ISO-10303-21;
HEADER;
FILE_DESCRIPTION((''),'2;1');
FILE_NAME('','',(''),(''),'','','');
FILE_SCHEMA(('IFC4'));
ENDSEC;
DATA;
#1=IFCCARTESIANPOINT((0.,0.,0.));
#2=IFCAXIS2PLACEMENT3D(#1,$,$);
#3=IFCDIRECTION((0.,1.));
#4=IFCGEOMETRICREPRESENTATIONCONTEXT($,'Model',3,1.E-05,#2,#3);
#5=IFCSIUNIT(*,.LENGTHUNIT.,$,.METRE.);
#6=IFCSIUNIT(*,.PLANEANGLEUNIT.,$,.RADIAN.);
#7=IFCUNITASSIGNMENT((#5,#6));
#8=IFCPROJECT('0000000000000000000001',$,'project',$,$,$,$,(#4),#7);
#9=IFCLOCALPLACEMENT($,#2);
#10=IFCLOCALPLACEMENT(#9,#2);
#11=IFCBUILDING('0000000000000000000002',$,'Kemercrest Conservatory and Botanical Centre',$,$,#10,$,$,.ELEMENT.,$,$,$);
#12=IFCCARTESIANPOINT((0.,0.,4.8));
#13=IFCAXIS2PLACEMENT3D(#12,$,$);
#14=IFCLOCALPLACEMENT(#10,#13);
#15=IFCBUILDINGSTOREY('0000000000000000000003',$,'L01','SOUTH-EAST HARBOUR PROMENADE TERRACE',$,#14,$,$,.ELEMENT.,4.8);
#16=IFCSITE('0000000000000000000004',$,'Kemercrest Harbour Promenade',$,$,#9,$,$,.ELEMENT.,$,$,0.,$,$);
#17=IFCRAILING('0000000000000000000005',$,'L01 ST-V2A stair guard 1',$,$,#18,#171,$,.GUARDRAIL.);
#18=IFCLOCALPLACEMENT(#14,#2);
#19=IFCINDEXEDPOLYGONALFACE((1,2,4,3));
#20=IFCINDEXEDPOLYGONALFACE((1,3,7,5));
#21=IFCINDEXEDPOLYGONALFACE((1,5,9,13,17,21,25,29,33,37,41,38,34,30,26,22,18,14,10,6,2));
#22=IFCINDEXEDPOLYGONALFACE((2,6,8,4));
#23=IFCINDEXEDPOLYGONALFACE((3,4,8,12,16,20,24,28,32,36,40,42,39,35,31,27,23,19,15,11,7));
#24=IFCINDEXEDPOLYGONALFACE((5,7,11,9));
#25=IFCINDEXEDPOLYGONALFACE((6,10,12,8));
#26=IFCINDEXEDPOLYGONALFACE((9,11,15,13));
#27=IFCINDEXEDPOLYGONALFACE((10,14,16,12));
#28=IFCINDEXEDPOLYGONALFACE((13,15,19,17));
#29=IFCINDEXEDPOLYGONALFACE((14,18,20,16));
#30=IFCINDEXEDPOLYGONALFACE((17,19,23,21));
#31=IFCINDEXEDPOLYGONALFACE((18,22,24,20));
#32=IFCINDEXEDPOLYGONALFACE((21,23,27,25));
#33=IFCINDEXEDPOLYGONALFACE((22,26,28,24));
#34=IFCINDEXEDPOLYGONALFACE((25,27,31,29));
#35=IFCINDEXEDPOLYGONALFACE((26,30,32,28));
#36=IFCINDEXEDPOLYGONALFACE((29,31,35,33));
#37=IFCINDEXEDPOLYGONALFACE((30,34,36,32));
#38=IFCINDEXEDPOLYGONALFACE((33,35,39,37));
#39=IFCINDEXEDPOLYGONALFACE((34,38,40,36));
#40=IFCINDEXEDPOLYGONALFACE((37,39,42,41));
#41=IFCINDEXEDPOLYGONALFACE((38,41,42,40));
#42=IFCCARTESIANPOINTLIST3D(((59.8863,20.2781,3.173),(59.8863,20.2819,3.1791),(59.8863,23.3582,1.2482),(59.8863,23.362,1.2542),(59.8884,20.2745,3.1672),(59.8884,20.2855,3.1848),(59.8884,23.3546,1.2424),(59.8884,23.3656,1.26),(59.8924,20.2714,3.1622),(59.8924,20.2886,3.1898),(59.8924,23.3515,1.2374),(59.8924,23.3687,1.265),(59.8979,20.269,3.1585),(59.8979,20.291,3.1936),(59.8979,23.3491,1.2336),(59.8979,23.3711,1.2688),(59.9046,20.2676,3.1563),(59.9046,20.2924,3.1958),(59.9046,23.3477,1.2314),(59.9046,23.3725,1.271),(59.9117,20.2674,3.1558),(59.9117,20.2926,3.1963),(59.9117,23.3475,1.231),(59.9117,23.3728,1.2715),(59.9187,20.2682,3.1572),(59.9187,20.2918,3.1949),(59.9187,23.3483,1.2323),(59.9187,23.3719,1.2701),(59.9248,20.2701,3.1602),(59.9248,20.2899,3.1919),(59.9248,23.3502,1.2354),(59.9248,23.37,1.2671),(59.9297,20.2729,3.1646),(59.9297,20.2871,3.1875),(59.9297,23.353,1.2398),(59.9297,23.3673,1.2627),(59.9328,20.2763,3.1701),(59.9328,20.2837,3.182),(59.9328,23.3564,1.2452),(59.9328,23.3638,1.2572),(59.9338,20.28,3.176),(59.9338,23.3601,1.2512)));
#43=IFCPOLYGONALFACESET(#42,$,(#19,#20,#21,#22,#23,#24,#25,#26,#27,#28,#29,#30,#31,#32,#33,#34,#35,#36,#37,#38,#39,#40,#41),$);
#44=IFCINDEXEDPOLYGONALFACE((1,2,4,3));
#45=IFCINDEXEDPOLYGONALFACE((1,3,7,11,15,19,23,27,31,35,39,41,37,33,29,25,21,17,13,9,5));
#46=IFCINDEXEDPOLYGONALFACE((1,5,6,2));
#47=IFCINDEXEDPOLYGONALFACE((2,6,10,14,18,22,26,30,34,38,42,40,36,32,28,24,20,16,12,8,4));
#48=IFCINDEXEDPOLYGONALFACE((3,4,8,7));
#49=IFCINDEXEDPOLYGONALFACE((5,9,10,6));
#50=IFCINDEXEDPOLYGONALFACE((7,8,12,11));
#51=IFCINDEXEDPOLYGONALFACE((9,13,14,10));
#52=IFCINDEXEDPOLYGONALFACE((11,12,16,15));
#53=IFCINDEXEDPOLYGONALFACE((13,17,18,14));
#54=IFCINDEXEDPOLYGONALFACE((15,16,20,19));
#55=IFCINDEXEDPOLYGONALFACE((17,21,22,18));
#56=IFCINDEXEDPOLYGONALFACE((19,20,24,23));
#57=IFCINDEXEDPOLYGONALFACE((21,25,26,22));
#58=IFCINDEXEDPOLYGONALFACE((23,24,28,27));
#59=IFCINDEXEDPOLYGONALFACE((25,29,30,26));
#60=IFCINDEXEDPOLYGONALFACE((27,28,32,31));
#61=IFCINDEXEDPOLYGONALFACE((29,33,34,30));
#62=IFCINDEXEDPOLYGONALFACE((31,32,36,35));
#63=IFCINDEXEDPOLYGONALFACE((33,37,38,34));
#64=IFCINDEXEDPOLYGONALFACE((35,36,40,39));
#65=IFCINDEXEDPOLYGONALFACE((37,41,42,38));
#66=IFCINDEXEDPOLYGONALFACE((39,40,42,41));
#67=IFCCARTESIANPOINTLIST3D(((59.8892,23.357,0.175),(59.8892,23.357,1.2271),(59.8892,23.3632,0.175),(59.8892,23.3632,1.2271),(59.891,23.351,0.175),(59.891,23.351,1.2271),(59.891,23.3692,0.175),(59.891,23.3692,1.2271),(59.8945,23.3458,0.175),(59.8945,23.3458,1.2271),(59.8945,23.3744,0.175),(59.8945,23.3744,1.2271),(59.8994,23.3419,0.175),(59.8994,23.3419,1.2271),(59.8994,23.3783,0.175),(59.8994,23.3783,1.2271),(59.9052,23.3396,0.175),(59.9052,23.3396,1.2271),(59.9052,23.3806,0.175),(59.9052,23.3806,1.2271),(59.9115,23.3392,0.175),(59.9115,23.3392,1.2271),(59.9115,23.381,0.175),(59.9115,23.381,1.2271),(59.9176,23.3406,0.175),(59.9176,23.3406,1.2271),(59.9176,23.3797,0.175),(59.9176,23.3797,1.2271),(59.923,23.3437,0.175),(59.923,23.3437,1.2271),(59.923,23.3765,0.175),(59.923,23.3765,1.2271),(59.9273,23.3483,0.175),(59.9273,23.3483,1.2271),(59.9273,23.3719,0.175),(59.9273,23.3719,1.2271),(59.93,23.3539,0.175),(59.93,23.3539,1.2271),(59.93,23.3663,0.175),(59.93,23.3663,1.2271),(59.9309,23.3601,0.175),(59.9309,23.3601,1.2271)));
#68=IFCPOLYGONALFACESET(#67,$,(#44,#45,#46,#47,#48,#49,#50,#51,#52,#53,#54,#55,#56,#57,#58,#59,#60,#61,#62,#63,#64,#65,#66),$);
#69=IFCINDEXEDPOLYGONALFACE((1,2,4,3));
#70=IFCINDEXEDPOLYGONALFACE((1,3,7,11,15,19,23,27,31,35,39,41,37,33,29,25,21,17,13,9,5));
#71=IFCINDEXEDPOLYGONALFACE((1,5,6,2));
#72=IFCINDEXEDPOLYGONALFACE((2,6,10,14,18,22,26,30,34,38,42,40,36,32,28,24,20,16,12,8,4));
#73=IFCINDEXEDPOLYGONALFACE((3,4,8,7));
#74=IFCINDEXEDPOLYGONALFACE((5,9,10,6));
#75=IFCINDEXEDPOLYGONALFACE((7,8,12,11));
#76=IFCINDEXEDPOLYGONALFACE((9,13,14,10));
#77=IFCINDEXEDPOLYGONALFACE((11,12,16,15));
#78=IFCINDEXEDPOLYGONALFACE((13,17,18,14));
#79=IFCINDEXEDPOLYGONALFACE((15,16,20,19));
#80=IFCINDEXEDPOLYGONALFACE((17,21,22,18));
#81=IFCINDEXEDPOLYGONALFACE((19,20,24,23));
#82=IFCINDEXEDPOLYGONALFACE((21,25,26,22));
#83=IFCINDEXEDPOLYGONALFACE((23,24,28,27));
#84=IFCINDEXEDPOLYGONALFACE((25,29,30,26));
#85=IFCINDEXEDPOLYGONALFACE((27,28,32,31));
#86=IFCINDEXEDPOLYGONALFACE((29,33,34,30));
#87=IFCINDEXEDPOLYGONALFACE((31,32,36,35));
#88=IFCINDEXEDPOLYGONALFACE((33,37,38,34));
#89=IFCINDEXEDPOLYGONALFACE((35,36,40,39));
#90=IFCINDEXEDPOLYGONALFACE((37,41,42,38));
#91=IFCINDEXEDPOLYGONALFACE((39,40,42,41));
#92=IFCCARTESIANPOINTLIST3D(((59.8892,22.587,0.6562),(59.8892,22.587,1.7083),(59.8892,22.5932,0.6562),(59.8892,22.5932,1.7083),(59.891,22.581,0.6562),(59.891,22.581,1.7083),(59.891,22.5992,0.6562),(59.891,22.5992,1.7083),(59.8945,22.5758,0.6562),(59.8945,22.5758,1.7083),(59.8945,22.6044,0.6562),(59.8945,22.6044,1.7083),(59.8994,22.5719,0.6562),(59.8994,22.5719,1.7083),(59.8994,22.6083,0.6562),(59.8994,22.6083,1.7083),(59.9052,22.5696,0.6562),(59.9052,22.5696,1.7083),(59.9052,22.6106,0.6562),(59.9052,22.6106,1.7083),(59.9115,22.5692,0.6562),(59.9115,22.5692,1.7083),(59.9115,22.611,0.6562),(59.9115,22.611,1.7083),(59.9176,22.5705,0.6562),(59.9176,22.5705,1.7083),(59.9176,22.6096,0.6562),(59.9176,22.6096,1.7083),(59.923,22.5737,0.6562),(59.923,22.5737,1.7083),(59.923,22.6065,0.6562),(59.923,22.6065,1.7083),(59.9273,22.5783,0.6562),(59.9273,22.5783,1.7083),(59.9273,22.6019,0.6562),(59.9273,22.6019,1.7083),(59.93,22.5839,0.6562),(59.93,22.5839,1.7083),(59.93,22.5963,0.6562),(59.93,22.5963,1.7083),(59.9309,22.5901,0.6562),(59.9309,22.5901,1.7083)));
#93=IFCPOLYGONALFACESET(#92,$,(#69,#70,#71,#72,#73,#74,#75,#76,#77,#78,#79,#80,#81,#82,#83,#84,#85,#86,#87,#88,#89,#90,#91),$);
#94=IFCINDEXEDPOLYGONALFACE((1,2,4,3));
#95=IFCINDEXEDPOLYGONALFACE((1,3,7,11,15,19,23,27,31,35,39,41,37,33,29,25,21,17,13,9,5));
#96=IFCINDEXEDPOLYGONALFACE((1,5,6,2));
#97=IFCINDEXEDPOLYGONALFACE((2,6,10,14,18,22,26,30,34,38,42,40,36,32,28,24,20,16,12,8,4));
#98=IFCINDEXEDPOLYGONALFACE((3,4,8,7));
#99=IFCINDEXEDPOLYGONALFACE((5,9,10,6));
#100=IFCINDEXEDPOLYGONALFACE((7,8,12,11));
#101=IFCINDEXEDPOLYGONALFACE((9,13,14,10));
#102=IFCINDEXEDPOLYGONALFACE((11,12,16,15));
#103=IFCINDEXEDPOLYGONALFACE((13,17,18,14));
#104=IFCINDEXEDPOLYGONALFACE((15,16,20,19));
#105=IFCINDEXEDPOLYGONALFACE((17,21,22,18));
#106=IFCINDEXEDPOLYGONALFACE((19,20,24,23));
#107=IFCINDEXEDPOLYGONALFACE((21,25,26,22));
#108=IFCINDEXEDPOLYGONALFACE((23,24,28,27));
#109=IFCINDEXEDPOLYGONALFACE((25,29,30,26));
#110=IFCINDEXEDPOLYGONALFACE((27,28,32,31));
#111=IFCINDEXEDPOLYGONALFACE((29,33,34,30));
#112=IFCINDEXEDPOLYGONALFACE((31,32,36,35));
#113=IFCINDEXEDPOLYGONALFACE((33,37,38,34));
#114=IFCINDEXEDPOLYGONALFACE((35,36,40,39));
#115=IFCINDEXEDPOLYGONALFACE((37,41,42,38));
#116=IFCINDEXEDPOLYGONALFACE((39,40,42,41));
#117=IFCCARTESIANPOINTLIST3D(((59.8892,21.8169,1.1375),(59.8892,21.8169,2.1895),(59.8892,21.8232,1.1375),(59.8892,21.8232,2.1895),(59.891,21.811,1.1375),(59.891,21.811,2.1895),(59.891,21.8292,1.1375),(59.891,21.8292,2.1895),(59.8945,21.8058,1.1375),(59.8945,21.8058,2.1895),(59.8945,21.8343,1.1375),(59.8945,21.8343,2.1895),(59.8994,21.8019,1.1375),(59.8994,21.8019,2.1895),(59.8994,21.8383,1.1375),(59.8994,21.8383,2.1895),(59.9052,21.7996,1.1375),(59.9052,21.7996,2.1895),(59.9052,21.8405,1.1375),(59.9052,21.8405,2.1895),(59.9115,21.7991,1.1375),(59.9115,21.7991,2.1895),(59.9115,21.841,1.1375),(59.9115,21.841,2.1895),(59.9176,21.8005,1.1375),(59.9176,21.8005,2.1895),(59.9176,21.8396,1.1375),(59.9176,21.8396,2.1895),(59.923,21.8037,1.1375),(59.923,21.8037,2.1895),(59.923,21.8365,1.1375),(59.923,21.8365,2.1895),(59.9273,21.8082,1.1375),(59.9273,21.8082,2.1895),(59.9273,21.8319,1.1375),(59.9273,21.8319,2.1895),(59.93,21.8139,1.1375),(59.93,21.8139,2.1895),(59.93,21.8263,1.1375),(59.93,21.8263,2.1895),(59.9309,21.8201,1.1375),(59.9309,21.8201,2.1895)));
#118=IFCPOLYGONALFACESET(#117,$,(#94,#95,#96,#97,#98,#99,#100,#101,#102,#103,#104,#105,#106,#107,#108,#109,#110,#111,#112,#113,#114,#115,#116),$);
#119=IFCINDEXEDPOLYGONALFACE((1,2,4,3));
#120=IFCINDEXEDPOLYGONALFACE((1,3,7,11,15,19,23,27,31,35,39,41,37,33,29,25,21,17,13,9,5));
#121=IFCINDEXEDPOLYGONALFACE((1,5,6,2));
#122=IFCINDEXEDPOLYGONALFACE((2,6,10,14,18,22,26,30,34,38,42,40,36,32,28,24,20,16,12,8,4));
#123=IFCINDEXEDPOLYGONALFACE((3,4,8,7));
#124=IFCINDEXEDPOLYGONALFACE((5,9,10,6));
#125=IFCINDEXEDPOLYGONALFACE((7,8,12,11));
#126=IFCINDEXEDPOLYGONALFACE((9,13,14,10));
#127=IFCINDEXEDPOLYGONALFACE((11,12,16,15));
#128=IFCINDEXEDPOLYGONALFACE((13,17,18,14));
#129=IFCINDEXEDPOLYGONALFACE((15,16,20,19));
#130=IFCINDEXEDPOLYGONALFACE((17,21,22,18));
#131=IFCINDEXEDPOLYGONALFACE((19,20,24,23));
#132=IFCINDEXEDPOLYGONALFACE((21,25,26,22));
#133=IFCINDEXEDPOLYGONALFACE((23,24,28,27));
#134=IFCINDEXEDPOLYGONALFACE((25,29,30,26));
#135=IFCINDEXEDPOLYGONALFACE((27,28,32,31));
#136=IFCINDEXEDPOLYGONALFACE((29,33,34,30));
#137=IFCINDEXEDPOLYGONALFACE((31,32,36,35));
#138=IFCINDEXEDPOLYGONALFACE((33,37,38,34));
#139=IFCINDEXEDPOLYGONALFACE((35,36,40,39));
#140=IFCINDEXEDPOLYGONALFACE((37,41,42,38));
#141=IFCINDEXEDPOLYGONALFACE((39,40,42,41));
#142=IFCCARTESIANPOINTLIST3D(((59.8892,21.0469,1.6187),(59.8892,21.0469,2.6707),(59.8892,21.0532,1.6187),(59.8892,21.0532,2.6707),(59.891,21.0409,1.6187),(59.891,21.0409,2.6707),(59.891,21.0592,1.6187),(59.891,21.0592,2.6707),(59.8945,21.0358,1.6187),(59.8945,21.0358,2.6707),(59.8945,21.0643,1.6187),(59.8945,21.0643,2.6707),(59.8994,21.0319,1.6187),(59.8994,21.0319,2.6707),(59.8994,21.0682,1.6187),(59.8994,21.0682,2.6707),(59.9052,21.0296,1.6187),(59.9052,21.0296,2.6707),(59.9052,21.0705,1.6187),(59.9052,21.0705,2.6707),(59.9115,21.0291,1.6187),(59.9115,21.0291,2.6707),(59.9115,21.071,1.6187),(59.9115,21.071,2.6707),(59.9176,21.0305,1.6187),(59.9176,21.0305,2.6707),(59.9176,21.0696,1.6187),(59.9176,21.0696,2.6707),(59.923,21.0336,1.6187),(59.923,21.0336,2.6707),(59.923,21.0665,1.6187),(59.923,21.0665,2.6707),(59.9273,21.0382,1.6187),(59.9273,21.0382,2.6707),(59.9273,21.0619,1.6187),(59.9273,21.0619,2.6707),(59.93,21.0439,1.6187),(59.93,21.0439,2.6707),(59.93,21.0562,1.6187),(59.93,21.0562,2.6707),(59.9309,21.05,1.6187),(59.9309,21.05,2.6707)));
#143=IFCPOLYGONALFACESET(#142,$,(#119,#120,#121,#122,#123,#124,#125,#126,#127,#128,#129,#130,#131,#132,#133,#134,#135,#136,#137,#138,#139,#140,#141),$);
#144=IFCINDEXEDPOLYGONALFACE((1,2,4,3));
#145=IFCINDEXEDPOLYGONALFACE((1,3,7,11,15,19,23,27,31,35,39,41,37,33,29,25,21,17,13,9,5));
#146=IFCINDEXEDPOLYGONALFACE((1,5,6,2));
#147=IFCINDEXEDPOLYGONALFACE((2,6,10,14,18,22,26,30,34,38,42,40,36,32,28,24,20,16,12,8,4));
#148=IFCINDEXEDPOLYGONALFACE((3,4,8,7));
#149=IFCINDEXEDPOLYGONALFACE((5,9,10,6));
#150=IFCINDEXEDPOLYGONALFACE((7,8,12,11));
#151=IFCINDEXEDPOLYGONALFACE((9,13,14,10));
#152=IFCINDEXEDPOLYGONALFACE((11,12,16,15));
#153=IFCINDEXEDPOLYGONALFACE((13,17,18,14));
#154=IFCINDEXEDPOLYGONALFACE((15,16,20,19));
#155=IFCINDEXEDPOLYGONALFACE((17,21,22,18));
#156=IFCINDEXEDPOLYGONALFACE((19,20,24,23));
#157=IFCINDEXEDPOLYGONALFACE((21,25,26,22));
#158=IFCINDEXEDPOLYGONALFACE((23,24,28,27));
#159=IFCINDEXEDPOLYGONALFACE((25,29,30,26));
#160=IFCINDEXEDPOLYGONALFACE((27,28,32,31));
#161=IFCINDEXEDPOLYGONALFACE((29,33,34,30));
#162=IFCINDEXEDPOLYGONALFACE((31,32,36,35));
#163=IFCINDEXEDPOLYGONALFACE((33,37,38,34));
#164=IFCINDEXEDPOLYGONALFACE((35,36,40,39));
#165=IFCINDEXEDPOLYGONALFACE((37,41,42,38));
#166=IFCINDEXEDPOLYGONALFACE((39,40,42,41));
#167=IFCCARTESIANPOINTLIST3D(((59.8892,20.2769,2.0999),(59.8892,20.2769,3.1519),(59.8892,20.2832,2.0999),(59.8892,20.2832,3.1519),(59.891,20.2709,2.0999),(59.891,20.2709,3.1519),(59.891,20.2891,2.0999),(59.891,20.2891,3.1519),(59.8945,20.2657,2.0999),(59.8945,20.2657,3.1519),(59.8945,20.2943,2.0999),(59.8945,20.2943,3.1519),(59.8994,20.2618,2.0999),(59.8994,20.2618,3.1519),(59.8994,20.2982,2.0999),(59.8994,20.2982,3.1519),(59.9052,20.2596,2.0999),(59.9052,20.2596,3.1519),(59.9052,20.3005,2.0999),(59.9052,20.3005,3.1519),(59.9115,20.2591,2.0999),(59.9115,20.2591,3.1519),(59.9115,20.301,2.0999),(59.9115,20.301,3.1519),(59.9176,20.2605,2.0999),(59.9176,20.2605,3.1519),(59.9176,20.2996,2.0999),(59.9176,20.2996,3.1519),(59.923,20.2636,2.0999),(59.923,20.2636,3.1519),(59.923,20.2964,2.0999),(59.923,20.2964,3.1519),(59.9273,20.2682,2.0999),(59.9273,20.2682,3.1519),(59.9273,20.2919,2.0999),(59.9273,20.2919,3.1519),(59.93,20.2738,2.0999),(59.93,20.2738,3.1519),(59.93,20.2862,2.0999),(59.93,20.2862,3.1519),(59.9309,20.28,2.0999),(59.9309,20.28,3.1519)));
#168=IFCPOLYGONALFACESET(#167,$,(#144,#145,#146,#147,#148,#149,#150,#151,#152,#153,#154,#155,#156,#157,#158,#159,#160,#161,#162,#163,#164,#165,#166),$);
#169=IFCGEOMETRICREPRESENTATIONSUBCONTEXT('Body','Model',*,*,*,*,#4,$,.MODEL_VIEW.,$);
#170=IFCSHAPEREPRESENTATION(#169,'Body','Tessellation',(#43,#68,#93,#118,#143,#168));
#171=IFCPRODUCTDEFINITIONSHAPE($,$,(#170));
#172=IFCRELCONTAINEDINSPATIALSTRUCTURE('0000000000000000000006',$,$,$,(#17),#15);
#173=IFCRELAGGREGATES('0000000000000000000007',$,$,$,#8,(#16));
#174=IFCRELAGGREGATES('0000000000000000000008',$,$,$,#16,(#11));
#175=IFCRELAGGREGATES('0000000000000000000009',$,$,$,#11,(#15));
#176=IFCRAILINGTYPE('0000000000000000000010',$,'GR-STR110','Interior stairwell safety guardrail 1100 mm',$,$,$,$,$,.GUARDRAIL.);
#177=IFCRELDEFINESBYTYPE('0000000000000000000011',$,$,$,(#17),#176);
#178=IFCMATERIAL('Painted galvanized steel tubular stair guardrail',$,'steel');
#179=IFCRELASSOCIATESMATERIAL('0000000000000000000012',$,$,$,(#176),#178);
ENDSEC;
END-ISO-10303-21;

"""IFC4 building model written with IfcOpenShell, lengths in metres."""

from ifc_helpers import new_model, si_unit, direction, frame, origin, origin_2d, place, context, subcontext, project, spatial, circle, extrude, material, type_object, element, save


model = new_model("IFC4")

# Units and contexts
model_context = context("Model", 3, precision=1e-05, world=origin(), true_north=direction((0.0, 1.0)))
body_context = subcontext(model_context, "Body", "Model", "MODEL_VIEW")
ifc_project = project(units=[si_unit("LENGTHUNIT", "METRE"), si_unit("PLANEANGLEUNIT", "RADIAN")], contexts=[model_context])

# Site, building, storey
site_placement = place(None, origin())
site = spatial("IfcSite", under=ifc_project, at=site_placement, Name="Kemercrest Harbour Promenade", CompositionType="ELEMENT", RefElevation=0.0)
building_placement = place(site_placement, origin())
building = spatial("IfcBuilding", under=site, at=building_placement, Name="Kemercrest Conservatory and Botanical Centre", CompositionType="ELEMENT")
storey_placement = place(building_placement, frame((0.0, 0.0, 4.8)))
storey = spatial("IfcBuildingStorey", under=building, at=storey_placement, Name="L01", Description="SOUTH-EAST HARBOUR PROMENADE TERRACE", CompositionType="ELEMENT", Elevation=4.8)

# Railing
ifc_material_1 = material(Name="Painted galvanized steel tubular stair guardrail", Category="steel")
railing_type = type_object("IfcRailingType", Name="GR-STR110", Description="Interior stairwell safety guardrail 1100 mm", PredefinedType="GUARDRAIL", material=ifc_material_1)
railing_1_placement = place(storey_placement, frame((59.9099, 23.3601, 0.175)))
element("IfcRailing", 1, at=railing_1_placement, inside=storey, type_object=railing_type, Name="L01 ST-V2A stair guard 1", PredefinedType="GUARDRAIL", context=body_context, shape_type="SweptSolid", body=[
    extrude(circle(Radius=0.0239, at=origin_2d()), frame((0.0, 0.0, 1.0762), z_axis=(0.0, -0.848029, 0.529951), x_axis=(1.0, 0.0, 0.0)), (0.0, 0.0, 1.0), 3.6321),
    extrude(circle(Radius=0.021, at=origin_2d()), origin(), (0.0, 0.0, 1.0), 1.052),
    extrude(circle(Radius=0.021, at=origin_2d()), frame((0.0, -0.77, 0.4812)), (0.0, 0.0, 1.0), 1.052),
    extrude(circle(Radius=0.021, at=origin_2d()), frame((0.0, -1.54, 0.9624)), (0.0, 0.0, 1.0), 1.052),
    extrude(circle(Radius=0.021, at=origin_2d()), frame((0.0, -2.3101, 1.4436)), (0.0, 0.0, 1.0), 1.052),
    extrude(circle(Radius=0.021, at=origin_2d()), frame((0.0, -3.0801, 1.9248)), (0.0, 0.0, 1.0), 1.052),
])

save(model, "model.ifc")
